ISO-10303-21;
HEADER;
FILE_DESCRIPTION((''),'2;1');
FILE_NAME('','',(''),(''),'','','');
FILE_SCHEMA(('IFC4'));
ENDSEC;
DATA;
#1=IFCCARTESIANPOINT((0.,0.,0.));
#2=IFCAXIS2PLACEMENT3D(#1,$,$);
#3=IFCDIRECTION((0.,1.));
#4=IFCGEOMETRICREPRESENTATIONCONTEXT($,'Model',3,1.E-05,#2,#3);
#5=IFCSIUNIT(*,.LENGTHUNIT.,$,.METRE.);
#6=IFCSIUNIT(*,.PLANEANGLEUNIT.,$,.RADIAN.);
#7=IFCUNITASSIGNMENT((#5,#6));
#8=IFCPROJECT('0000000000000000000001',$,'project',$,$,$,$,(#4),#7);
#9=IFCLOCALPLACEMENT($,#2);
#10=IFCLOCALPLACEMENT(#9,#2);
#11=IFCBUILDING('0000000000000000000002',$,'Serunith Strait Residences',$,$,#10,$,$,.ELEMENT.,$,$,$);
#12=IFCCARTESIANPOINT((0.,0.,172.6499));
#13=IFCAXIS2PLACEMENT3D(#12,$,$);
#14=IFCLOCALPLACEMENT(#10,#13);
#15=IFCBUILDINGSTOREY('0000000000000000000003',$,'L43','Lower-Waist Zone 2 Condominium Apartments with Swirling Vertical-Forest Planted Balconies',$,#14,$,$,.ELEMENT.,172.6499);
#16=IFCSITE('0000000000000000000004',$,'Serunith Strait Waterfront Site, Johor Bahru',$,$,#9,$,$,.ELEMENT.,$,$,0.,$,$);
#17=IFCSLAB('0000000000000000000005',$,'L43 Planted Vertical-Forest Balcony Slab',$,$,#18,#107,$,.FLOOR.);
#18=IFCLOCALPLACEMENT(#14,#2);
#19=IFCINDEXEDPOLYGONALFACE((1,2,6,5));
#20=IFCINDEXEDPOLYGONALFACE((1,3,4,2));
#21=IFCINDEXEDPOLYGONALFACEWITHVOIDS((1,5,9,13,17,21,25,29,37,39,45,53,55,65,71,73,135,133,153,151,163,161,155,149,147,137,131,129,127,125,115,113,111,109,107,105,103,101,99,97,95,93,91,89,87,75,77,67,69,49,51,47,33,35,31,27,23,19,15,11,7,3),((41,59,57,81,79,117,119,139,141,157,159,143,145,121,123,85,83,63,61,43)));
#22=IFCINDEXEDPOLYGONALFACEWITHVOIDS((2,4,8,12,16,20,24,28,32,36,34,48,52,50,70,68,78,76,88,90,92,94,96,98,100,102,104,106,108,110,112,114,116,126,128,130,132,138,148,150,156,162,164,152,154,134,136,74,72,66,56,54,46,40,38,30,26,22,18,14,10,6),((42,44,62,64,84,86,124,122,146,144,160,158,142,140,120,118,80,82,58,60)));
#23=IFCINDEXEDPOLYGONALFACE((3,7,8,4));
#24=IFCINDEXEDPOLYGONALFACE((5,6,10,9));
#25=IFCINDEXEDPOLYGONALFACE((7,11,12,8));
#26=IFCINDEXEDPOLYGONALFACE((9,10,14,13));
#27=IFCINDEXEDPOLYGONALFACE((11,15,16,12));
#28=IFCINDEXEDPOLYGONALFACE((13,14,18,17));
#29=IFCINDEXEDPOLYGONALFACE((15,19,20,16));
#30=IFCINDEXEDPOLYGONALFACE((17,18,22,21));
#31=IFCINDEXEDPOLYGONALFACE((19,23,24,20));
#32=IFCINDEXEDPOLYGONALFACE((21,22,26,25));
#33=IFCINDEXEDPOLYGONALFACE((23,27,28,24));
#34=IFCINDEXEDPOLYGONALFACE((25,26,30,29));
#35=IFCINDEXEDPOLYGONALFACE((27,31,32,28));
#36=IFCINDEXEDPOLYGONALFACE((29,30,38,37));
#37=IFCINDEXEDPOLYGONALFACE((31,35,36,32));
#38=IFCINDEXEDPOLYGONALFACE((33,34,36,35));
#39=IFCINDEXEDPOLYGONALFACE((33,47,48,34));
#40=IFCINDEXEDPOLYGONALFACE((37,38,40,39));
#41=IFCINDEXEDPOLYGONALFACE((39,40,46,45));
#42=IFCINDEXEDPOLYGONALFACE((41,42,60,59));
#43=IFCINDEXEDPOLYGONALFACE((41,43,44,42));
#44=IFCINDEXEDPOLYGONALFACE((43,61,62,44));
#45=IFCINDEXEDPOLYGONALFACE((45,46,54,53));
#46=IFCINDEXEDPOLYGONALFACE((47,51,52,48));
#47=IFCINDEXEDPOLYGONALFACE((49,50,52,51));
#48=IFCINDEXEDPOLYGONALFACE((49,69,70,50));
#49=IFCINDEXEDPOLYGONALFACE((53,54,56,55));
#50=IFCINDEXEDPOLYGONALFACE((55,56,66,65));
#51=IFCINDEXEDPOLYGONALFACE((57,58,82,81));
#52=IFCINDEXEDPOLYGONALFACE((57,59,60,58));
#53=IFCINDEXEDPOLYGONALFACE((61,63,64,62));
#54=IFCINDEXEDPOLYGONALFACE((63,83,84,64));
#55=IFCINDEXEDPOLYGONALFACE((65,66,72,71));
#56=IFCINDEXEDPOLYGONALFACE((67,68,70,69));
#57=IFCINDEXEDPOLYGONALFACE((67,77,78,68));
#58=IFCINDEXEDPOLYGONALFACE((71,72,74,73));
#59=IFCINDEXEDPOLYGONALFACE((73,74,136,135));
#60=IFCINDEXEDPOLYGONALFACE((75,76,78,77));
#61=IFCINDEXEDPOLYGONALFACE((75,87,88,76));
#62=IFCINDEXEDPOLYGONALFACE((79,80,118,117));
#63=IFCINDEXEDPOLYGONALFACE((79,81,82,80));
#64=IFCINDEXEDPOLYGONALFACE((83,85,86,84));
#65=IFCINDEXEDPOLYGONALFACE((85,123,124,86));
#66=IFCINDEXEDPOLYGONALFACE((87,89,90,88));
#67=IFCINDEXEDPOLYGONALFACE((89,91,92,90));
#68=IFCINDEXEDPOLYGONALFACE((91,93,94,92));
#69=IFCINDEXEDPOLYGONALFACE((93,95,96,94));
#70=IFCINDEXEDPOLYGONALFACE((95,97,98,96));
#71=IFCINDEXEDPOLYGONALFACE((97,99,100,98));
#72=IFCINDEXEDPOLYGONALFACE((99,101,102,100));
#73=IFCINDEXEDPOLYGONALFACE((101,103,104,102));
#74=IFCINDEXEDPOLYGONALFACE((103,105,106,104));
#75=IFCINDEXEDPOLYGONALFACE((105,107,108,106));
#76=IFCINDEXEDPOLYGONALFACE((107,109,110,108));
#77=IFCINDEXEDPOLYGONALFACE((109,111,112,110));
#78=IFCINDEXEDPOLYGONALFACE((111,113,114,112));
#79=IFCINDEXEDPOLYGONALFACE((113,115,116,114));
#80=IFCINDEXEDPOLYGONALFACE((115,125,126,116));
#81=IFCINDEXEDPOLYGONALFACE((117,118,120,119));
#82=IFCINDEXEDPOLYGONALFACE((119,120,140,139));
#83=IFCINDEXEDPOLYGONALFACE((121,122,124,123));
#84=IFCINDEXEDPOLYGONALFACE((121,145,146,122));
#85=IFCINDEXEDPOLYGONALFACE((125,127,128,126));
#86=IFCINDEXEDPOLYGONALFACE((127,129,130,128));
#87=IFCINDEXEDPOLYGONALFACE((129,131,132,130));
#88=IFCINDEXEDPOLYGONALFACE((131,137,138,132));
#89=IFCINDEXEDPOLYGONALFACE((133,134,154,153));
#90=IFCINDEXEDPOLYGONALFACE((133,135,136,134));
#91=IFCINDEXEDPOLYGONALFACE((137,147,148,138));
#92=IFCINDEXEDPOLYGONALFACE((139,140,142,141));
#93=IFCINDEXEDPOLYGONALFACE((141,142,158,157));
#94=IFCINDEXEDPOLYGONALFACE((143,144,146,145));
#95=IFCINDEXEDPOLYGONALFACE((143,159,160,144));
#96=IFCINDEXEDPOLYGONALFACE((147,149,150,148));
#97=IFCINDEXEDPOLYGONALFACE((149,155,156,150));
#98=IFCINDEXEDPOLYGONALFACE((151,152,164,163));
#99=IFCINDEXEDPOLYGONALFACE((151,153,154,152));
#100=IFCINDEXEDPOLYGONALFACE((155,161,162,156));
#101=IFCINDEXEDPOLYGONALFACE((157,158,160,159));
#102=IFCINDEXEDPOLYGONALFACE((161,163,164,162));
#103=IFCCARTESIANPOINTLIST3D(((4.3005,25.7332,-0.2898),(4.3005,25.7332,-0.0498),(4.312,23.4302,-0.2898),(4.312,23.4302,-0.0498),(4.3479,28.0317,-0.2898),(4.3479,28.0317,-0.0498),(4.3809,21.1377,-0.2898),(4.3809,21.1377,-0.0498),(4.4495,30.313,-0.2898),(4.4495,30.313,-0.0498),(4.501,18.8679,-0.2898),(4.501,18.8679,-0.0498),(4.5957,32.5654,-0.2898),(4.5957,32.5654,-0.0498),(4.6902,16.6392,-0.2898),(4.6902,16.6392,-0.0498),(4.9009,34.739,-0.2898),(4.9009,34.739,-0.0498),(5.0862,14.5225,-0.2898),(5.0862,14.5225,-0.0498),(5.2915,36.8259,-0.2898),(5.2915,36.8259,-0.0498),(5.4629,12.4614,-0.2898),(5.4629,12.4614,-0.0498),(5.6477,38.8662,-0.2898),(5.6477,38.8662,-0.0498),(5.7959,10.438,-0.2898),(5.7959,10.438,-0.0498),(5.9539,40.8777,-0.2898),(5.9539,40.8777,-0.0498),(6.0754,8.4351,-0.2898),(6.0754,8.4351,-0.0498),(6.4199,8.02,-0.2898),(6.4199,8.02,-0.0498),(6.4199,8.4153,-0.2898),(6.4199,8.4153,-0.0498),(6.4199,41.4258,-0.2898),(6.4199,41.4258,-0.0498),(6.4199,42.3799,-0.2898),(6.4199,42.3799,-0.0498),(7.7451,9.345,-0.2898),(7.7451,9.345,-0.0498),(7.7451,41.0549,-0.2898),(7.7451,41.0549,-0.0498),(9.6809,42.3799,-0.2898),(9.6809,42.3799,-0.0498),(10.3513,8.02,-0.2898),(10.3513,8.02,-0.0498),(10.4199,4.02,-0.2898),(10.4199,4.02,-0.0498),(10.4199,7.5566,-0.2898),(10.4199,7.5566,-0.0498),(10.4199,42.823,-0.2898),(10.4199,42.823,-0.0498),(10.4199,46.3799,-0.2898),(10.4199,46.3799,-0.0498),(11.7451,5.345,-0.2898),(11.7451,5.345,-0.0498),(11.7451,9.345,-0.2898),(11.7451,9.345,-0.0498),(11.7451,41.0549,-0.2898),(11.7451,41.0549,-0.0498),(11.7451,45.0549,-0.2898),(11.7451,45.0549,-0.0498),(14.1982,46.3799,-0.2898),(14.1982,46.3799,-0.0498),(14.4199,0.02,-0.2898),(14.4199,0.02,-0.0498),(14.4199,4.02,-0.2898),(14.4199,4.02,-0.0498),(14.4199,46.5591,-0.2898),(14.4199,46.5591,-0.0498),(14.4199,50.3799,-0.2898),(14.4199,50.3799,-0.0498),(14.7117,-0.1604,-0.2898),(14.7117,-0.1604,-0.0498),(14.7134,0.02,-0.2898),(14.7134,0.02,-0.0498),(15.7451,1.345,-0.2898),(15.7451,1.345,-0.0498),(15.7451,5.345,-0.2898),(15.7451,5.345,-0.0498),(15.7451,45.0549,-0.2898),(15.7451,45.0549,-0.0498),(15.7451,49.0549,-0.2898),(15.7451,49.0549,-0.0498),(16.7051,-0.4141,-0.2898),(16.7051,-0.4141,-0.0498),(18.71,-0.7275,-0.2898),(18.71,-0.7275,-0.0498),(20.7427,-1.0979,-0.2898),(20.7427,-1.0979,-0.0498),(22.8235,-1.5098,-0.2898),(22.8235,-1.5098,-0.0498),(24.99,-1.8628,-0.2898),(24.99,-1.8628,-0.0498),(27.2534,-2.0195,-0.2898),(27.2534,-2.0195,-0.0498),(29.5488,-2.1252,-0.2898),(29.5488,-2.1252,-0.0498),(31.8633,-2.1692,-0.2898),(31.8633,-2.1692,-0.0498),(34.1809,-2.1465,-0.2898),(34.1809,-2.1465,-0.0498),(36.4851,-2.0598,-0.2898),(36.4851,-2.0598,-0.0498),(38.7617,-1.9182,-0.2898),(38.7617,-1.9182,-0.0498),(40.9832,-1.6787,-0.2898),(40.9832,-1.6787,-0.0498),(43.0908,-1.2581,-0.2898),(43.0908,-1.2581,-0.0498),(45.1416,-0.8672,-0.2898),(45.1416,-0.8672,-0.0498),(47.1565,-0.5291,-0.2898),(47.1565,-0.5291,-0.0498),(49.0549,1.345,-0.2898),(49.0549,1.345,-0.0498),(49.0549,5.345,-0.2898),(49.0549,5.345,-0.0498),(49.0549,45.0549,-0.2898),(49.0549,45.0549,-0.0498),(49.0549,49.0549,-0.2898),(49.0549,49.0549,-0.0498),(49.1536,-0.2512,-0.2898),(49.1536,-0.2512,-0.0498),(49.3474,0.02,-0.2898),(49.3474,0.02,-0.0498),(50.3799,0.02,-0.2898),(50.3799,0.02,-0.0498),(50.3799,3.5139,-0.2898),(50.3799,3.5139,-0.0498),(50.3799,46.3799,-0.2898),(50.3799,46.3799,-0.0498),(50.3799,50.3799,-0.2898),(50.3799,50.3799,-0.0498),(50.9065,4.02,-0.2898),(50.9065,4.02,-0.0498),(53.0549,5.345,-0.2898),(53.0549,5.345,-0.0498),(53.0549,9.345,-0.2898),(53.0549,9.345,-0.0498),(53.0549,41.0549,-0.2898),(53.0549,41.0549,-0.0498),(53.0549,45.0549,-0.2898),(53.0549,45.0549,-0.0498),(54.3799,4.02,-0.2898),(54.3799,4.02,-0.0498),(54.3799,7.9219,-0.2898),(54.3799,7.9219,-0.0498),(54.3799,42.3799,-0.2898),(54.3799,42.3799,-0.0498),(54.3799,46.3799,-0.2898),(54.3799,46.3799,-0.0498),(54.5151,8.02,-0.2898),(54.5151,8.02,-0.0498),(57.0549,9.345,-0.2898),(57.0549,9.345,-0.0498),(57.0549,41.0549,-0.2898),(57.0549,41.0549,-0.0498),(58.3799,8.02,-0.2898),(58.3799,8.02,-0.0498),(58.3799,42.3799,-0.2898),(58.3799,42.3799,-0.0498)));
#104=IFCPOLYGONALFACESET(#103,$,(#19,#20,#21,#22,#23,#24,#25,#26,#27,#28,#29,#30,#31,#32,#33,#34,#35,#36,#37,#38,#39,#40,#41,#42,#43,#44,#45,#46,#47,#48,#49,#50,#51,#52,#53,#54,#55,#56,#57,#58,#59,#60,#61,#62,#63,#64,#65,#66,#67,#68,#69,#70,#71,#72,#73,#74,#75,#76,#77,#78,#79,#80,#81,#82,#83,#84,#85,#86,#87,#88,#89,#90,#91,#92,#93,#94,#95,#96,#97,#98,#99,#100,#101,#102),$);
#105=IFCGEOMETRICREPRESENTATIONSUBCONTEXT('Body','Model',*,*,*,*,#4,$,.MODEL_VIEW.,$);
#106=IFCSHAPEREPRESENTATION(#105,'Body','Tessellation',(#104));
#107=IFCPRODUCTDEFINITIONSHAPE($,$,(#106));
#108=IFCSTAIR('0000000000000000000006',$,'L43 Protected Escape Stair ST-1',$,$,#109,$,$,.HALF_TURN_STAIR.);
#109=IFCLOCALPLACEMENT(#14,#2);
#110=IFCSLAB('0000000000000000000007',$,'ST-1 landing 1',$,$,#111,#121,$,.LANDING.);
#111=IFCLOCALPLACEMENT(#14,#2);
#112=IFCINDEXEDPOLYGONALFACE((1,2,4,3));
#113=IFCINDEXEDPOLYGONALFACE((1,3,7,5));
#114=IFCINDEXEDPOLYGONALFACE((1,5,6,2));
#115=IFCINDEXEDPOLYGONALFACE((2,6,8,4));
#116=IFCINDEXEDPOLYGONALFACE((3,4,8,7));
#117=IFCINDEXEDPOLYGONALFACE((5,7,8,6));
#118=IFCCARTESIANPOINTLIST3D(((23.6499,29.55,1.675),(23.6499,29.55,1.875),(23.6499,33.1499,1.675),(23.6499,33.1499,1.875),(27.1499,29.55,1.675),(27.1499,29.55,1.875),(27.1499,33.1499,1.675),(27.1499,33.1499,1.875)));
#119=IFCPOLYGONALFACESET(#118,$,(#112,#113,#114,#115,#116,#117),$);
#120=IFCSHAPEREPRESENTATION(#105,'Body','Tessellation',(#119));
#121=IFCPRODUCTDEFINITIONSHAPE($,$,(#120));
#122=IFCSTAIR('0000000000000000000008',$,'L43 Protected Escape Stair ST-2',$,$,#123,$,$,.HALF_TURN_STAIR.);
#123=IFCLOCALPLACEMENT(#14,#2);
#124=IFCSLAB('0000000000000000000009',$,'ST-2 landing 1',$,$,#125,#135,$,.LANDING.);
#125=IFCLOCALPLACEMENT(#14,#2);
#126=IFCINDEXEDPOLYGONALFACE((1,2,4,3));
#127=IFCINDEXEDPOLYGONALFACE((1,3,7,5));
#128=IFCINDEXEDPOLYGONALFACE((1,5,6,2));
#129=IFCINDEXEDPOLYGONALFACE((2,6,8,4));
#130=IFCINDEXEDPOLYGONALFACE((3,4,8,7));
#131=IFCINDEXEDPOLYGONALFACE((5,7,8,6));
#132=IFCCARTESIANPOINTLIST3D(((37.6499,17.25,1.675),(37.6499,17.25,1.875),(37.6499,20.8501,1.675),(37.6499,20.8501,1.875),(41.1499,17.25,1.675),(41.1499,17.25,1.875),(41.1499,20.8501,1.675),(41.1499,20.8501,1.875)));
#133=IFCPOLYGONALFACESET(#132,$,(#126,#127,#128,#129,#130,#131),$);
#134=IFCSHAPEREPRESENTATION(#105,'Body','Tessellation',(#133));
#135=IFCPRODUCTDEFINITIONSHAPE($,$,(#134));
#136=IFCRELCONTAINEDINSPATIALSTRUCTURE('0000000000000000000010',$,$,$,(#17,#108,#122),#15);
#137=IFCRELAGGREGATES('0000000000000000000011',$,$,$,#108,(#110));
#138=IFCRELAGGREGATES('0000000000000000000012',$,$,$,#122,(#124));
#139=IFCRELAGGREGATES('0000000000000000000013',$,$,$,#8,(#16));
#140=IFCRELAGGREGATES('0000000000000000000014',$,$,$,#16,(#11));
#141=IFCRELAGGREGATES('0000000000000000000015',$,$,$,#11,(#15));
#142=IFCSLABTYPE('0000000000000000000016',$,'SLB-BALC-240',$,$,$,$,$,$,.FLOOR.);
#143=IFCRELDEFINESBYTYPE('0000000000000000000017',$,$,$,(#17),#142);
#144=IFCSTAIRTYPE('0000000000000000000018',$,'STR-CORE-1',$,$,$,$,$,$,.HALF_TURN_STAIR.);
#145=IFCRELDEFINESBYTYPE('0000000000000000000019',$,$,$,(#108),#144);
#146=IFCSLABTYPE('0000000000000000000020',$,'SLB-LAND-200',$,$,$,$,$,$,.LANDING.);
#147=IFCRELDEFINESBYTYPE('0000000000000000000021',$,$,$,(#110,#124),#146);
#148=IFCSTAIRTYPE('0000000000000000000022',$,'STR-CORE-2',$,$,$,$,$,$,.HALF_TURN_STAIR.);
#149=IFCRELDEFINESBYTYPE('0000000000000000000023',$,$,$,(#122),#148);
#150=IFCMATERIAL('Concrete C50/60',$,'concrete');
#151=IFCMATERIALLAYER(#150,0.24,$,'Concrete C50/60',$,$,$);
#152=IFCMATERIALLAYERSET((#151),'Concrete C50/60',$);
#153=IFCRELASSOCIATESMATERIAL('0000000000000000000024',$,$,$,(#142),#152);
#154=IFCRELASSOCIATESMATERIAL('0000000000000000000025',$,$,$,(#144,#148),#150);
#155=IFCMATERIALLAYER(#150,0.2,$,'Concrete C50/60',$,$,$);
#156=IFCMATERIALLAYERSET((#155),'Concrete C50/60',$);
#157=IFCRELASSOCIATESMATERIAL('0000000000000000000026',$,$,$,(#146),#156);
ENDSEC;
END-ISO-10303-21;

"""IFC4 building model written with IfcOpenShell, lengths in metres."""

from ifc_helpers import new_model, si_unit, direction, frame, origin, place, context, subcontext, project, spatial, polyline, outline, extrude, material, layer, layer_set, type_object, element, aggregate, save


model = new_model("IFC4")

# Units and contexts
model_context = context("Model", 3, precision=1e-05, world=origin(), true_north=direction((0.0, 1.0)))
body_context = subcontext(model_context, "Body", "Model", "MODEL_VIEW")
ifc_project = project(units=[si_unit("LENGTHUNIT", "METRE"), si_unit("PLANEANGLEUNIT", "RADIAN")], contexts=[model_context])

# Site, building, storey
site_placement = place(None, origin())
site = spatial("IfcSite", under=ifc_project, at=site_placement, Name="Serunith Strait Waterfront Site, Johor Bahru", CompositionType="ELEMENT", RefElevation=0.0)
building_placement = place(site_placement, origin())
building = spatial("IfcBuilding", under=site, at=building_placement, Name="Serunith Strait Residences", CompositionType="ELEMENT")
storey_placement = place(building_placement, frame((0.0, 0.0, 172.6499)))
storey = spatial("IfcBuildingStorey", under=building, at=storey_placement, Name="L43", Description="Lower-Waist Zone 2 Condominium Apartments with Swirling Vertical-Forest Planted Balconies", CompositionType="ELEMENT", Elevation=172.6499)

# Slab
ifc_material_1 = material(Name="Concrete C50/60", Category="concrete")
ifc_layer_1 = layer(ifc_material_1, 0.24, Name="Concrete C50/60")
ifc_layer_set_1 = layer_set([ifc_layer_1], Name="Concrete C50/60")
slab_type_1 = type_object("IfcSlabType", Name="SLB-BALC-240", PredefinedType="FLOOR", material=ifc_layer_set_1)
slab_1_placement = place(storey_placement, frame((0.0, 0.0, -0.2898)))
element("IfcSlab", 1, at=slab_1_placement, inside=storey, type_object=slab_type_1, Name="L43 Planted Vertical-Forest Balcony Slab", PredefinedType="FLOOR", context=body_context, shape_type="SweptSolid", body=[
    extrude(outline(polyline([(14.4199, 0.02), (14.4199, 4.02), (10.4199, 4.02), (10.4199, 7.5566), (10.3513, 8.02), (6.4199, 8.02), (6.4199, 8.4153), (6.0754, 8.4351), (5.7959, 10.438), (5.4629, 12.4614), (5.0862, 14.5225), (4.6902, 16.6392), (4.501, 18.8679), (4.3809, 21.1377), (4.312, 23.4302), (4.3005, 25.7332), (4.3479, 28.0317), (4.4495, 30.313), (4.5957, 32.5654), (4.9009, 34.739), (5.2915, 36.8259), (5.6477, 38.8662), (5.9539, 40.8777), (6.4199, 41.4258), (6.4199, 42.3799), (9.6809, 42.3799), (10.4199, 42.823), (10.4199, 46.3799), (14.1982, 46.3799), (14.4199, 46.5591), (14.4199, 50.3799), (50.3799, 50.3799), (50.3799, 46.3799), (54.3799, 46.3799), (54.3799, 42.3799), (58.3799, 42.3799), (58.3799, 8.02), (54.5151, 8.02), (54.3799, 7.9219), (54.3799, 4.02), (50.9065, 4.02), (50.3799, 3.5139), (50.3799, 0.02), (49.3474, 0.02), (49.1536, -0.2512), (47.1565, -0.5291), (45.1416, -0.8672), (43.0908, -1.2581), (40.9832, -1.6787), (38.7617, -1.9182), (36.4851, -2.0598), (34.1809, -2.1465), (31.8633, -2.1692), (29.5488, -2.1252), (27.2534, -2.0195), (24.99, -1.8628), (22.8235, -1.5098), (20.7427, -1.0979), (18.71, -0.7275), (16.7051, -0.4141), (14.7117, -0.1604), (14.7134, 0.02), (14.4199, 0.02)]), holes=[polyline([(49.0549, 1.345), (49.0549, 5.345), (53.0549, 5.345), (53.0549, 9.345), (57.0549, 9.345), (57.0549, 41.0549), (53.0549, 41.0549), (53.0549, 45.0549), (49.0549, 45.0549), (49.0549, 49.0549), (15.7451, 49.0549), (15.7451, 45.0549), (11.7451, 45.0549), (11.7451, 41.0549), (7.7451, 41.0549), (7.7451, 9.345), (11.7451, 9.345), (11.7451, 5.345), (15.7451, 5.345), (15.7451, 1.345), (49.0549, 1.345)])]), origin(), (0.0, 0.0, 1.0), 0.24),
])

# Stairs, slabs
stair_type_1 = type_object("IfcStairType", Name="STR-CORE-1", PredefinedType="HALF_TURN_STAIR", material=ifc_material_1)
stair_1_placement = place(storey_placement, origin())
stair_1 = element("IfcStair", 2, at=stair_1_placement, inside=storey, type_object=stair_type_1, Name="L43 Protected Escape Stair ST-1", PredefinedType="HALF_TURN_STAIR")
ifc_layer_2 = layer(ifc_material_1, 0.2, Name="Concrete C50/60")
ifc_layer_set_2 = layer_set([ifc_layer_2], Name="Concrete C50/60")
slab_type_2 = type_object("IfcSlabType", Name="SLB-LAND-200", PredefinedType="LANDING", material=ifc_layer_set_2)
slab_2_placement = place(storey_placement, frame((0.0, 0.0, 1.675)))
slab_2 = element("IfcSlab", 3, at=slab_2_placement, type_object=slab_type_2, Name="ST-1 landing 1", PredefinedType="LANDING", context=body_context, shape_type="SweptSolid", body=[
    extrude(outline(polyline([(27.1499, 29.55), (27.1499, 33.1499), (23.6499, 33.1499), (23.6499, 29.55), (27.1499, 29.55)])), origin(), (0.0, 0.0, 1.0), 0.2),
])
aggregate(stair_1, [slab_2])
stair_type_2 = type_object("IfcStairType", Name="STR-CORE-2", PredefinedType="HALF_TURN_STAIR", material=ifc_material_1)
stair_2_placement = place(storey_placement, origin())
stair_2 = element("IfcStair", 4, at=stair_2_placement, inside=storey, type_object=stair_type_2, Name="L43 Protected Escape Stair ST-2", PredefinedType="HALF_TURN_STAIR")
slab_3_placement = place(storey_placement, frame((0.0, 0.0, 1.675)))
slab_3 = element("IfcSlab", 5, at=slab_3_placement, type_object=slab_type_2, Name="ST-2 landing 1", PredefinedType="LANDING", context=body_context, shape_type="SweptSolid", body=[
    extrude(outline(polyline([(37.6499, 20.8501), (37.6499, 17.25), (41.1499, 17.25), (41.1499, 20.8501), (37.6499, 20.8501)])), origin(), (0.0, 0.0, 1.0), 0.2),
])
aggregate(stair_2, [slab_3])

save(model, "model.ifc")
